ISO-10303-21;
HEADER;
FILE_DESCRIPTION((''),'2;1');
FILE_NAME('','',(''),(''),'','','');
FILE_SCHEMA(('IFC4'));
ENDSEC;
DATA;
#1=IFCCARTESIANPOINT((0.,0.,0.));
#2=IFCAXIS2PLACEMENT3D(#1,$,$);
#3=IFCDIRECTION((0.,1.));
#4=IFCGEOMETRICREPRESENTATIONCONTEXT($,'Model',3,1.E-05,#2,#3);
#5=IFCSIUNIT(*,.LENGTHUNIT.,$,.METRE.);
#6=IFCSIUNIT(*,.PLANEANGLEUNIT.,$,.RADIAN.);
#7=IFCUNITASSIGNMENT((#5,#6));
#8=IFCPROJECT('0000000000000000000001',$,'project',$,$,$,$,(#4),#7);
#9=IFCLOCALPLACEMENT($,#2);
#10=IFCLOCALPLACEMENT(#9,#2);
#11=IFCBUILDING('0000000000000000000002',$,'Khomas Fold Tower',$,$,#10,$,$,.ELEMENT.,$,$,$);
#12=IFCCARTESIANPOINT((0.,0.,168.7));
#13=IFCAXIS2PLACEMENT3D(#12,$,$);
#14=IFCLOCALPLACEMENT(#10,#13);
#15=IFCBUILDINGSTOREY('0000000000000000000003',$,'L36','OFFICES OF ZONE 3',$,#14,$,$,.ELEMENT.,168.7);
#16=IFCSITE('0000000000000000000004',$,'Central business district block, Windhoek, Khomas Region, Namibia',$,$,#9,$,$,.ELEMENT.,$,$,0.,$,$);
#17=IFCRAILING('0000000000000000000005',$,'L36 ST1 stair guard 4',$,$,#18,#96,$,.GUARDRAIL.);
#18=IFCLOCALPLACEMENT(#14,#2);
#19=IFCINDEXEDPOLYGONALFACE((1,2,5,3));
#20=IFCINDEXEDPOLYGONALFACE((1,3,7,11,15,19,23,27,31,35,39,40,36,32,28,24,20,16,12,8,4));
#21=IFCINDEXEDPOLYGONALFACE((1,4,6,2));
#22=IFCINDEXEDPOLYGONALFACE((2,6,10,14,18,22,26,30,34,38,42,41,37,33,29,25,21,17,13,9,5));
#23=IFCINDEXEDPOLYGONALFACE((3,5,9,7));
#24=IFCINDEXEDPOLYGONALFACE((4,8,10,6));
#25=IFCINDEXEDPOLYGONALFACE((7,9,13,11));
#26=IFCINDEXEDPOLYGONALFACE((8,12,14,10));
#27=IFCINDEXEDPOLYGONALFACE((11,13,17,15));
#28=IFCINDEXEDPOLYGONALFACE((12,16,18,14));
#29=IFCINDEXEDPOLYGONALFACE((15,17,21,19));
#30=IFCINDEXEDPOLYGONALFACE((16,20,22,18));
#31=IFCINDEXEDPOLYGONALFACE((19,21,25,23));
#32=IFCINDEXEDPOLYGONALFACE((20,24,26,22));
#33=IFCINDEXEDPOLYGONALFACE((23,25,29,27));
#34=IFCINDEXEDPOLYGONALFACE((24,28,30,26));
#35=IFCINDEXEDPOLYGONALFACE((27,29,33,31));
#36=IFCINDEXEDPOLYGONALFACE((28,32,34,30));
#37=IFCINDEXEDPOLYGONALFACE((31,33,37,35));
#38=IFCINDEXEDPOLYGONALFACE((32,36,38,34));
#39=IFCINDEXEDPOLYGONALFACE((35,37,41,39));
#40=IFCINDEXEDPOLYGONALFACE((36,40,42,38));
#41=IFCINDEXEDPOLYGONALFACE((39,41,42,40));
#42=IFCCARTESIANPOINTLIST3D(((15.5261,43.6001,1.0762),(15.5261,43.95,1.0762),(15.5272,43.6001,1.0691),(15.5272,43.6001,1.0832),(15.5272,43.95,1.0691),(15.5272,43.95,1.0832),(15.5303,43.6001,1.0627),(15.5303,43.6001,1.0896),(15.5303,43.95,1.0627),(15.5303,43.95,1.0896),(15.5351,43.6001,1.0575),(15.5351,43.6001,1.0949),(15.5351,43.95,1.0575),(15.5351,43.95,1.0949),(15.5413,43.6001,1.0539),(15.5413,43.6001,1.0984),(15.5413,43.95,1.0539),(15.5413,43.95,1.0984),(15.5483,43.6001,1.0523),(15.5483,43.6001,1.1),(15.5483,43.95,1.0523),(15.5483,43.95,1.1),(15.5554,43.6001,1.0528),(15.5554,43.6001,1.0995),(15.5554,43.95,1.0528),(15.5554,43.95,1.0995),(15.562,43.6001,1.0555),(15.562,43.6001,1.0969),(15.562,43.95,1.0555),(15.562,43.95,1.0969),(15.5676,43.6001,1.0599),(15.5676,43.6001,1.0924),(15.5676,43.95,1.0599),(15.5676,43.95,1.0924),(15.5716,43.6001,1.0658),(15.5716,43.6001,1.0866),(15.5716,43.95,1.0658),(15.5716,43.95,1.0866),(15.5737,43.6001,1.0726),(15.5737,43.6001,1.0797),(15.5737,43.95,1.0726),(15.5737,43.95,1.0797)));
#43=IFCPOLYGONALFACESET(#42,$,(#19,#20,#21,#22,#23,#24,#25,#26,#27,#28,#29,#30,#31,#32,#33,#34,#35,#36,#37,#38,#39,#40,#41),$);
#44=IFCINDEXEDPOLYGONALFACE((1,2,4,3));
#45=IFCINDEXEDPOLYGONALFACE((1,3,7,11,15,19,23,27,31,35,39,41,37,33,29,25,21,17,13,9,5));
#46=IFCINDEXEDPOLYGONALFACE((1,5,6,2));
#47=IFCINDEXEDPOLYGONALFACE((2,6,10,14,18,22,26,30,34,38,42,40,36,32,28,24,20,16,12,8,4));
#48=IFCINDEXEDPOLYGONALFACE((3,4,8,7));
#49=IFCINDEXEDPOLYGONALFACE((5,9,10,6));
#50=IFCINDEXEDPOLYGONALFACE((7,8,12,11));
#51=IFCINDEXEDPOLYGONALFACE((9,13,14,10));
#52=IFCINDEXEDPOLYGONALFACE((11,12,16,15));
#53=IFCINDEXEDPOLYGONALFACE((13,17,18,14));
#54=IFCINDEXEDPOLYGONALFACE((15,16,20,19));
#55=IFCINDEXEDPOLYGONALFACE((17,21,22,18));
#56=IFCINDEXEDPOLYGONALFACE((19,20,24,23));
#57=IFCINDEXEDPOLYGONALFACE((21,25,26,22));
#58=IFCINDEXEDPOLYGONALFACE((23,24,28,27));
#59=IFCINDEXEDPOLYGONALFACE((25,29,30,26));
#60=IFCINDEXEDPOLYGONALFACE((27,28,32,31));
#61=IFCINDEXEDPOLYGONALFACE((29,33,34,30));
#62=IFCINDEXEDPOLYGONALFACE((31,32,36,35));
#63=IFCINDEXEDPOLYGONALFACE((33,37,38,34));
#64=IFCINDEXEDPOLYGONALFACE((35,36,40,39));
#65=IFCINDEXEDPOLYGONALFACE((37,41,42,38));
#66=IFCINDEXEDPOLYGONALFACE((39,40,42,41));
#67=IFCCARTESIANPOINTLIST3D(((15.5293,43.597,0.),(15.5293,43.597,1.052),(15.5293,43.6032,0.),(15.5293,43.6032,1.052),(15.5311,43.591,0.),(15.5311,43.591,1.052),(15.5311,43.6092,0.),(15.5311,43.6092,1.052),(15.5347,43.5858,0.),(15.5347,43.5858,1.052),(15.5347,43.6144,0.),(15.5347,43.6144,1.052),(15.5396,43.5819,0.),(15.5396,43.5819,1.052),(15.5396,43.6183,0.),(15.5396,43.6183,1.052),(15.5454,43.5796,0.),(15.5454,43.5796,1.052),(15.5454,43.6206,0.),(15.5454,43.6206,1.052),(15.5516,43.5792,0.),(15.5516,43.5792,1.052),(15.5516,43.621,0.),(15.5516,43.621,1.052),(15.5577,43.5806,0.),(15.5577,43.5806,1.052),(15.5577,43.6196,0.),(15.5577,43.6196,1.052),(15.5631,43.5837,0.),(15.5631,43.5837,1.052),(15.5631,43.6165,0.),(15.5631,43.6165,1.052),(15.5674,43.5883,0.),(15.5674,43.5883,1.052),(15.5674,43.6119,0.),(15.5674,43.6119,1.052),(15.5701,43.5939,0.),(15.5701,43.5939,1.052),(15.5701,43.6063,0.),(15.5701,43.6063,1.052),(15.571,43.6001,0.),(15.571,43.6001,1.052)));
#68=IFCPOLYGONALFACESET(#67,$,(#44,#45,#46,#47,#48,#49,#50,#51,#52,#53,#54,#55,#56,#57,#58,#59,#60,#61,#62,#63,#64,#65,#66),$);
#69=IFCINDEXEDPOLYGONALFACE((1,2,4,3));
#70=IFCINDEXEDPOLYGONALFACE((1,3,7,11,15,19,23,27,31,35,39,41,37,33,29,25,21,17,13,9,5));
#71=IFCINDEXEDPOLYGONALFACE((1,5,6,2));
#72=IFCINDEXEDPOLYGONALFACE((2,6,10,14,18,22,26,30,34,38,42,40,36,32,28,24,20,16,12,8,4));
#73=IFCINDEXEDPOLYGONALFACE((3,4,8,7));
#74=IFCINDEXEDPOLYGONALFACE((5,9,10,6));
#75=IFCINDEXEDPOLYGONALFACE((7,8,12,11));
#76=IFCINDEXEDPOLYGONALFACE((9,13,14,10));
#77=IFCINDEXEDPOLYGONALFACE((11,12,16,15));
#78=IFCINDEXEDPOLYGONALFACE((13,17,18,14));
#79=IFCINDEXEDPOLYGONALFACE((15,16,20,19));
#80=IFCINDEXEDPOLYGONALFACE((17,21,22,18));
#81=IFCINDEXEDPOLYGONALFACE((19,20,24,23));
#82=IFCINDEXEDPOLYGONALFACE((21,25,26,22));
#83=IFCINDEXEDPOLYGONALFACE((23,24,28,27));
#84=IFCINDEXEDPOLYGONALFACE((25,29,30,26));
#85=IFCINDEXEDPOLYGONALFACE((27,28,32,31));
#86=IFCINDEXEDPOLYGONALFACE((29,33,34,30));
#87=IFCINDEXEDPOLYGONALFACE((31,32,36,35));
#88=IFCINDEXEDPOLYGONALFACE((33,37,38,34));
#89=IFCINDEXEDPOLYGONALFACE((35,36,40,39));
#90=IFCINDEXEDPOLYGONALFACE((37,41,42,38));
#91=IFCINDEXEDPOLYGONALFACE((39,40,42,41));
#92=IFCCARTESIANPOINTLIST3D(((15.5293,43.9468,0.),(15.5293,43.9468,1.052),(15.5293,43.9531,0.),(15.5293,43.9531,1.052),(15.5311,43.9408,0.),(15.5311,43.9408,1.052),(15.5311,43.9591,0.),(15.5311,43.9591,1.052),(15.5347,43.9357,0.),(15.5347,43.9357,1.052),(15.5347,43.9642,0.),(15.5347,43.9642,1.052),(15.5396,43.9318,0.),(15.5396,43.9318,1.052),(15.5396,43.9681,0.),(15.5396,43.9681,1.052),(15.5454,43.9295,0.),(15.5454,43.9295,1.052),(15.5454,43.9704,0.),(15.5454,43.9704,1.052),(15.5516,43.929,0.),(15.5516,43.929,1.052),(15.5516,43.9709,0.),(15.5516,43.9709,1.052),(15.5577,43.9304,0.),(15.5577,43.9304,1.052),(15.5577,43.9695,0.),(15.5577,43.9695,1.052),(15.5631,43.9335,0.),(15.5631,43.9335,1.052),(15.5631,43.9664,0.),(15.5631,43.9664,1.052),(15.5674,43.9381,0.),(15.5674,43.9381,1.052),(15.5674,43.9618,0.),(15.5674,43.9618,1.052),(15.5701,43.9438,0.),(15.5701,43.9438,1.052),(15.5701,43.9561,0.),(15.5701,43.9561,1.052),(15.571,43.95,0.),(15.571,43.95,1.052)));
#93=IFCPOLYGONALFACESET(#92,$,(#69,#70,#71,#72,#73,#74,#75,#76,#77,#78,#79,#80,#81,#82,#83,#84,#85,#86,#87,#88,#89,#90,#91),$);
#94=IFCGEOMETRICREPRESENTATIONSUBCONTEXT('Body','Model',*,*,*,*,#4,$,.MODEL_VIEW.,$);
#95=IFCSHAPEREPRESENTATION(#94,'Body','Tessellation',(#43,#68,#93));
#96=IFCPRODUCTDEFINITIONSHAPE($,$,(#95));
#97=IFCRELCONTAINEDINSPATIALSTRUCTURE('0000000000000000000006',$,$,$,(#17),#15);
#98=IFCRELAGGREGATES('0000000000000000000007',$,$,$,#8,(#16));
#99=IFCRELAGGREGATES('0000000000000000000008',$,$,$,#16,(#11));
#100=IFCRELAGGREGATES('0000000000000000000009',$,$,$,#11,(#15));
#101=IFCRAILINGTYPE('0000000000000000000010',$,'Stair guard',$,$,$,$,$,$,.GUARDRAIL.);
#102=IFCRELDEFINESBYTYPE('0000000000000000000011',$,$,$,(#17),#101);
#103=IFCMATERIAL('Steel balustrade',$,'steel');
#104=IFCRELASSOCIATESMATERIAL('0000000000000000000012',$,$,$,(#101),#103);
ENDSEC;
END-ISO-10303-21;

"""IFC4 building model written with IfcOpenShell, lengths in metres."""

from ifc_helpers import new_model, si_unit, direction, frame, origin, origin_2d, place, context, subcontext, project, spatial, circle, extrude, source, transform, mapped, material, type_object, element, save


model = new_model("IFC4")

# Units and contexts
model_context = context("Model", 3, precision=1e-05, world=origin(), true_north=direction((0.0, 1.0)))
body_context = subcontext(model_context, "Body", "Model", "MODEL_VIEW")
ifc_project = project(units=[si_unit("LENGTHUNIT", "METRE"), si_unit("PLANEANGLEUNIT", "RADIAN")], contexts=[model_context])

# Site, building, storey
site_placement = place(None, origin())
site = spatial("IfcSite", under=ifc_project, at=site_placement, Name="Central business district block, Windhoek, Khomas Region, Namibia", CompositionType="ELEMENT", RefElevation=0.0)
building_placement = place(site_placement, origin())
building = spatial("IfcBuilding", under=site, at=building_placement, Name="Khomas Fold Tower", CompositionType="ELEMENT")
storey_placement = place(building_placement, frame((0.0, 0.0, 168.7)))
storey = spatial("IfcBuildingStorey", under=building, at=storey_placement, Name="L36", Description="OFFICES OF ZONE 3", CompositionType="ELEMENT", Elevation=168.7)

# Railing
ifc_material_1 = material(Name="Steel balustrade", Category="steel")
railing_type_1 = type_object("IfcRailingType", Name="Stair guard", PredefinedType="GUARDRAIL", material=ifc_material_1)
shared_shape_1 = source(origin(), body_context, "Body", "SweptSolid", [
    extrude(circle(Radius=0.0239, at=origin_2d()), frame((0.0, 0.0, 1.0762), z_axis=(0.0, 1.0, 0.0), x_axis=(-1.0, 0.0, 0.0)), (0.0, 0.0, 1.0), 0.3499),
    extrude(circle(Radius=0.021, at=origin_2d()), origin(), (0.0, 0.0, 1.0), 1.052),
    extrude(circle(Radius=0.021, at=origin_2d()), frame((0.0, 0.3499, 0.0)), (0.0, 0.0, 1.0), 1.052),
])
for number, where, name in (
    (1, (15.55, 43.6001, 0.0), "L36 ST1 stair guard 4"),
):
    element("IfcRailing", number, at=place(storey_placement, frame(where)), inside=storey, type_object=railing_type_1, Name=name, PredefinedType="GUARDRAIL", context=body_context, shape_type="MappedRepresentation", body=[
        mapped(shared_shape_1, transform((0.0, 0.0, 0.0))),
    ])

save(model, "model.ifc")
